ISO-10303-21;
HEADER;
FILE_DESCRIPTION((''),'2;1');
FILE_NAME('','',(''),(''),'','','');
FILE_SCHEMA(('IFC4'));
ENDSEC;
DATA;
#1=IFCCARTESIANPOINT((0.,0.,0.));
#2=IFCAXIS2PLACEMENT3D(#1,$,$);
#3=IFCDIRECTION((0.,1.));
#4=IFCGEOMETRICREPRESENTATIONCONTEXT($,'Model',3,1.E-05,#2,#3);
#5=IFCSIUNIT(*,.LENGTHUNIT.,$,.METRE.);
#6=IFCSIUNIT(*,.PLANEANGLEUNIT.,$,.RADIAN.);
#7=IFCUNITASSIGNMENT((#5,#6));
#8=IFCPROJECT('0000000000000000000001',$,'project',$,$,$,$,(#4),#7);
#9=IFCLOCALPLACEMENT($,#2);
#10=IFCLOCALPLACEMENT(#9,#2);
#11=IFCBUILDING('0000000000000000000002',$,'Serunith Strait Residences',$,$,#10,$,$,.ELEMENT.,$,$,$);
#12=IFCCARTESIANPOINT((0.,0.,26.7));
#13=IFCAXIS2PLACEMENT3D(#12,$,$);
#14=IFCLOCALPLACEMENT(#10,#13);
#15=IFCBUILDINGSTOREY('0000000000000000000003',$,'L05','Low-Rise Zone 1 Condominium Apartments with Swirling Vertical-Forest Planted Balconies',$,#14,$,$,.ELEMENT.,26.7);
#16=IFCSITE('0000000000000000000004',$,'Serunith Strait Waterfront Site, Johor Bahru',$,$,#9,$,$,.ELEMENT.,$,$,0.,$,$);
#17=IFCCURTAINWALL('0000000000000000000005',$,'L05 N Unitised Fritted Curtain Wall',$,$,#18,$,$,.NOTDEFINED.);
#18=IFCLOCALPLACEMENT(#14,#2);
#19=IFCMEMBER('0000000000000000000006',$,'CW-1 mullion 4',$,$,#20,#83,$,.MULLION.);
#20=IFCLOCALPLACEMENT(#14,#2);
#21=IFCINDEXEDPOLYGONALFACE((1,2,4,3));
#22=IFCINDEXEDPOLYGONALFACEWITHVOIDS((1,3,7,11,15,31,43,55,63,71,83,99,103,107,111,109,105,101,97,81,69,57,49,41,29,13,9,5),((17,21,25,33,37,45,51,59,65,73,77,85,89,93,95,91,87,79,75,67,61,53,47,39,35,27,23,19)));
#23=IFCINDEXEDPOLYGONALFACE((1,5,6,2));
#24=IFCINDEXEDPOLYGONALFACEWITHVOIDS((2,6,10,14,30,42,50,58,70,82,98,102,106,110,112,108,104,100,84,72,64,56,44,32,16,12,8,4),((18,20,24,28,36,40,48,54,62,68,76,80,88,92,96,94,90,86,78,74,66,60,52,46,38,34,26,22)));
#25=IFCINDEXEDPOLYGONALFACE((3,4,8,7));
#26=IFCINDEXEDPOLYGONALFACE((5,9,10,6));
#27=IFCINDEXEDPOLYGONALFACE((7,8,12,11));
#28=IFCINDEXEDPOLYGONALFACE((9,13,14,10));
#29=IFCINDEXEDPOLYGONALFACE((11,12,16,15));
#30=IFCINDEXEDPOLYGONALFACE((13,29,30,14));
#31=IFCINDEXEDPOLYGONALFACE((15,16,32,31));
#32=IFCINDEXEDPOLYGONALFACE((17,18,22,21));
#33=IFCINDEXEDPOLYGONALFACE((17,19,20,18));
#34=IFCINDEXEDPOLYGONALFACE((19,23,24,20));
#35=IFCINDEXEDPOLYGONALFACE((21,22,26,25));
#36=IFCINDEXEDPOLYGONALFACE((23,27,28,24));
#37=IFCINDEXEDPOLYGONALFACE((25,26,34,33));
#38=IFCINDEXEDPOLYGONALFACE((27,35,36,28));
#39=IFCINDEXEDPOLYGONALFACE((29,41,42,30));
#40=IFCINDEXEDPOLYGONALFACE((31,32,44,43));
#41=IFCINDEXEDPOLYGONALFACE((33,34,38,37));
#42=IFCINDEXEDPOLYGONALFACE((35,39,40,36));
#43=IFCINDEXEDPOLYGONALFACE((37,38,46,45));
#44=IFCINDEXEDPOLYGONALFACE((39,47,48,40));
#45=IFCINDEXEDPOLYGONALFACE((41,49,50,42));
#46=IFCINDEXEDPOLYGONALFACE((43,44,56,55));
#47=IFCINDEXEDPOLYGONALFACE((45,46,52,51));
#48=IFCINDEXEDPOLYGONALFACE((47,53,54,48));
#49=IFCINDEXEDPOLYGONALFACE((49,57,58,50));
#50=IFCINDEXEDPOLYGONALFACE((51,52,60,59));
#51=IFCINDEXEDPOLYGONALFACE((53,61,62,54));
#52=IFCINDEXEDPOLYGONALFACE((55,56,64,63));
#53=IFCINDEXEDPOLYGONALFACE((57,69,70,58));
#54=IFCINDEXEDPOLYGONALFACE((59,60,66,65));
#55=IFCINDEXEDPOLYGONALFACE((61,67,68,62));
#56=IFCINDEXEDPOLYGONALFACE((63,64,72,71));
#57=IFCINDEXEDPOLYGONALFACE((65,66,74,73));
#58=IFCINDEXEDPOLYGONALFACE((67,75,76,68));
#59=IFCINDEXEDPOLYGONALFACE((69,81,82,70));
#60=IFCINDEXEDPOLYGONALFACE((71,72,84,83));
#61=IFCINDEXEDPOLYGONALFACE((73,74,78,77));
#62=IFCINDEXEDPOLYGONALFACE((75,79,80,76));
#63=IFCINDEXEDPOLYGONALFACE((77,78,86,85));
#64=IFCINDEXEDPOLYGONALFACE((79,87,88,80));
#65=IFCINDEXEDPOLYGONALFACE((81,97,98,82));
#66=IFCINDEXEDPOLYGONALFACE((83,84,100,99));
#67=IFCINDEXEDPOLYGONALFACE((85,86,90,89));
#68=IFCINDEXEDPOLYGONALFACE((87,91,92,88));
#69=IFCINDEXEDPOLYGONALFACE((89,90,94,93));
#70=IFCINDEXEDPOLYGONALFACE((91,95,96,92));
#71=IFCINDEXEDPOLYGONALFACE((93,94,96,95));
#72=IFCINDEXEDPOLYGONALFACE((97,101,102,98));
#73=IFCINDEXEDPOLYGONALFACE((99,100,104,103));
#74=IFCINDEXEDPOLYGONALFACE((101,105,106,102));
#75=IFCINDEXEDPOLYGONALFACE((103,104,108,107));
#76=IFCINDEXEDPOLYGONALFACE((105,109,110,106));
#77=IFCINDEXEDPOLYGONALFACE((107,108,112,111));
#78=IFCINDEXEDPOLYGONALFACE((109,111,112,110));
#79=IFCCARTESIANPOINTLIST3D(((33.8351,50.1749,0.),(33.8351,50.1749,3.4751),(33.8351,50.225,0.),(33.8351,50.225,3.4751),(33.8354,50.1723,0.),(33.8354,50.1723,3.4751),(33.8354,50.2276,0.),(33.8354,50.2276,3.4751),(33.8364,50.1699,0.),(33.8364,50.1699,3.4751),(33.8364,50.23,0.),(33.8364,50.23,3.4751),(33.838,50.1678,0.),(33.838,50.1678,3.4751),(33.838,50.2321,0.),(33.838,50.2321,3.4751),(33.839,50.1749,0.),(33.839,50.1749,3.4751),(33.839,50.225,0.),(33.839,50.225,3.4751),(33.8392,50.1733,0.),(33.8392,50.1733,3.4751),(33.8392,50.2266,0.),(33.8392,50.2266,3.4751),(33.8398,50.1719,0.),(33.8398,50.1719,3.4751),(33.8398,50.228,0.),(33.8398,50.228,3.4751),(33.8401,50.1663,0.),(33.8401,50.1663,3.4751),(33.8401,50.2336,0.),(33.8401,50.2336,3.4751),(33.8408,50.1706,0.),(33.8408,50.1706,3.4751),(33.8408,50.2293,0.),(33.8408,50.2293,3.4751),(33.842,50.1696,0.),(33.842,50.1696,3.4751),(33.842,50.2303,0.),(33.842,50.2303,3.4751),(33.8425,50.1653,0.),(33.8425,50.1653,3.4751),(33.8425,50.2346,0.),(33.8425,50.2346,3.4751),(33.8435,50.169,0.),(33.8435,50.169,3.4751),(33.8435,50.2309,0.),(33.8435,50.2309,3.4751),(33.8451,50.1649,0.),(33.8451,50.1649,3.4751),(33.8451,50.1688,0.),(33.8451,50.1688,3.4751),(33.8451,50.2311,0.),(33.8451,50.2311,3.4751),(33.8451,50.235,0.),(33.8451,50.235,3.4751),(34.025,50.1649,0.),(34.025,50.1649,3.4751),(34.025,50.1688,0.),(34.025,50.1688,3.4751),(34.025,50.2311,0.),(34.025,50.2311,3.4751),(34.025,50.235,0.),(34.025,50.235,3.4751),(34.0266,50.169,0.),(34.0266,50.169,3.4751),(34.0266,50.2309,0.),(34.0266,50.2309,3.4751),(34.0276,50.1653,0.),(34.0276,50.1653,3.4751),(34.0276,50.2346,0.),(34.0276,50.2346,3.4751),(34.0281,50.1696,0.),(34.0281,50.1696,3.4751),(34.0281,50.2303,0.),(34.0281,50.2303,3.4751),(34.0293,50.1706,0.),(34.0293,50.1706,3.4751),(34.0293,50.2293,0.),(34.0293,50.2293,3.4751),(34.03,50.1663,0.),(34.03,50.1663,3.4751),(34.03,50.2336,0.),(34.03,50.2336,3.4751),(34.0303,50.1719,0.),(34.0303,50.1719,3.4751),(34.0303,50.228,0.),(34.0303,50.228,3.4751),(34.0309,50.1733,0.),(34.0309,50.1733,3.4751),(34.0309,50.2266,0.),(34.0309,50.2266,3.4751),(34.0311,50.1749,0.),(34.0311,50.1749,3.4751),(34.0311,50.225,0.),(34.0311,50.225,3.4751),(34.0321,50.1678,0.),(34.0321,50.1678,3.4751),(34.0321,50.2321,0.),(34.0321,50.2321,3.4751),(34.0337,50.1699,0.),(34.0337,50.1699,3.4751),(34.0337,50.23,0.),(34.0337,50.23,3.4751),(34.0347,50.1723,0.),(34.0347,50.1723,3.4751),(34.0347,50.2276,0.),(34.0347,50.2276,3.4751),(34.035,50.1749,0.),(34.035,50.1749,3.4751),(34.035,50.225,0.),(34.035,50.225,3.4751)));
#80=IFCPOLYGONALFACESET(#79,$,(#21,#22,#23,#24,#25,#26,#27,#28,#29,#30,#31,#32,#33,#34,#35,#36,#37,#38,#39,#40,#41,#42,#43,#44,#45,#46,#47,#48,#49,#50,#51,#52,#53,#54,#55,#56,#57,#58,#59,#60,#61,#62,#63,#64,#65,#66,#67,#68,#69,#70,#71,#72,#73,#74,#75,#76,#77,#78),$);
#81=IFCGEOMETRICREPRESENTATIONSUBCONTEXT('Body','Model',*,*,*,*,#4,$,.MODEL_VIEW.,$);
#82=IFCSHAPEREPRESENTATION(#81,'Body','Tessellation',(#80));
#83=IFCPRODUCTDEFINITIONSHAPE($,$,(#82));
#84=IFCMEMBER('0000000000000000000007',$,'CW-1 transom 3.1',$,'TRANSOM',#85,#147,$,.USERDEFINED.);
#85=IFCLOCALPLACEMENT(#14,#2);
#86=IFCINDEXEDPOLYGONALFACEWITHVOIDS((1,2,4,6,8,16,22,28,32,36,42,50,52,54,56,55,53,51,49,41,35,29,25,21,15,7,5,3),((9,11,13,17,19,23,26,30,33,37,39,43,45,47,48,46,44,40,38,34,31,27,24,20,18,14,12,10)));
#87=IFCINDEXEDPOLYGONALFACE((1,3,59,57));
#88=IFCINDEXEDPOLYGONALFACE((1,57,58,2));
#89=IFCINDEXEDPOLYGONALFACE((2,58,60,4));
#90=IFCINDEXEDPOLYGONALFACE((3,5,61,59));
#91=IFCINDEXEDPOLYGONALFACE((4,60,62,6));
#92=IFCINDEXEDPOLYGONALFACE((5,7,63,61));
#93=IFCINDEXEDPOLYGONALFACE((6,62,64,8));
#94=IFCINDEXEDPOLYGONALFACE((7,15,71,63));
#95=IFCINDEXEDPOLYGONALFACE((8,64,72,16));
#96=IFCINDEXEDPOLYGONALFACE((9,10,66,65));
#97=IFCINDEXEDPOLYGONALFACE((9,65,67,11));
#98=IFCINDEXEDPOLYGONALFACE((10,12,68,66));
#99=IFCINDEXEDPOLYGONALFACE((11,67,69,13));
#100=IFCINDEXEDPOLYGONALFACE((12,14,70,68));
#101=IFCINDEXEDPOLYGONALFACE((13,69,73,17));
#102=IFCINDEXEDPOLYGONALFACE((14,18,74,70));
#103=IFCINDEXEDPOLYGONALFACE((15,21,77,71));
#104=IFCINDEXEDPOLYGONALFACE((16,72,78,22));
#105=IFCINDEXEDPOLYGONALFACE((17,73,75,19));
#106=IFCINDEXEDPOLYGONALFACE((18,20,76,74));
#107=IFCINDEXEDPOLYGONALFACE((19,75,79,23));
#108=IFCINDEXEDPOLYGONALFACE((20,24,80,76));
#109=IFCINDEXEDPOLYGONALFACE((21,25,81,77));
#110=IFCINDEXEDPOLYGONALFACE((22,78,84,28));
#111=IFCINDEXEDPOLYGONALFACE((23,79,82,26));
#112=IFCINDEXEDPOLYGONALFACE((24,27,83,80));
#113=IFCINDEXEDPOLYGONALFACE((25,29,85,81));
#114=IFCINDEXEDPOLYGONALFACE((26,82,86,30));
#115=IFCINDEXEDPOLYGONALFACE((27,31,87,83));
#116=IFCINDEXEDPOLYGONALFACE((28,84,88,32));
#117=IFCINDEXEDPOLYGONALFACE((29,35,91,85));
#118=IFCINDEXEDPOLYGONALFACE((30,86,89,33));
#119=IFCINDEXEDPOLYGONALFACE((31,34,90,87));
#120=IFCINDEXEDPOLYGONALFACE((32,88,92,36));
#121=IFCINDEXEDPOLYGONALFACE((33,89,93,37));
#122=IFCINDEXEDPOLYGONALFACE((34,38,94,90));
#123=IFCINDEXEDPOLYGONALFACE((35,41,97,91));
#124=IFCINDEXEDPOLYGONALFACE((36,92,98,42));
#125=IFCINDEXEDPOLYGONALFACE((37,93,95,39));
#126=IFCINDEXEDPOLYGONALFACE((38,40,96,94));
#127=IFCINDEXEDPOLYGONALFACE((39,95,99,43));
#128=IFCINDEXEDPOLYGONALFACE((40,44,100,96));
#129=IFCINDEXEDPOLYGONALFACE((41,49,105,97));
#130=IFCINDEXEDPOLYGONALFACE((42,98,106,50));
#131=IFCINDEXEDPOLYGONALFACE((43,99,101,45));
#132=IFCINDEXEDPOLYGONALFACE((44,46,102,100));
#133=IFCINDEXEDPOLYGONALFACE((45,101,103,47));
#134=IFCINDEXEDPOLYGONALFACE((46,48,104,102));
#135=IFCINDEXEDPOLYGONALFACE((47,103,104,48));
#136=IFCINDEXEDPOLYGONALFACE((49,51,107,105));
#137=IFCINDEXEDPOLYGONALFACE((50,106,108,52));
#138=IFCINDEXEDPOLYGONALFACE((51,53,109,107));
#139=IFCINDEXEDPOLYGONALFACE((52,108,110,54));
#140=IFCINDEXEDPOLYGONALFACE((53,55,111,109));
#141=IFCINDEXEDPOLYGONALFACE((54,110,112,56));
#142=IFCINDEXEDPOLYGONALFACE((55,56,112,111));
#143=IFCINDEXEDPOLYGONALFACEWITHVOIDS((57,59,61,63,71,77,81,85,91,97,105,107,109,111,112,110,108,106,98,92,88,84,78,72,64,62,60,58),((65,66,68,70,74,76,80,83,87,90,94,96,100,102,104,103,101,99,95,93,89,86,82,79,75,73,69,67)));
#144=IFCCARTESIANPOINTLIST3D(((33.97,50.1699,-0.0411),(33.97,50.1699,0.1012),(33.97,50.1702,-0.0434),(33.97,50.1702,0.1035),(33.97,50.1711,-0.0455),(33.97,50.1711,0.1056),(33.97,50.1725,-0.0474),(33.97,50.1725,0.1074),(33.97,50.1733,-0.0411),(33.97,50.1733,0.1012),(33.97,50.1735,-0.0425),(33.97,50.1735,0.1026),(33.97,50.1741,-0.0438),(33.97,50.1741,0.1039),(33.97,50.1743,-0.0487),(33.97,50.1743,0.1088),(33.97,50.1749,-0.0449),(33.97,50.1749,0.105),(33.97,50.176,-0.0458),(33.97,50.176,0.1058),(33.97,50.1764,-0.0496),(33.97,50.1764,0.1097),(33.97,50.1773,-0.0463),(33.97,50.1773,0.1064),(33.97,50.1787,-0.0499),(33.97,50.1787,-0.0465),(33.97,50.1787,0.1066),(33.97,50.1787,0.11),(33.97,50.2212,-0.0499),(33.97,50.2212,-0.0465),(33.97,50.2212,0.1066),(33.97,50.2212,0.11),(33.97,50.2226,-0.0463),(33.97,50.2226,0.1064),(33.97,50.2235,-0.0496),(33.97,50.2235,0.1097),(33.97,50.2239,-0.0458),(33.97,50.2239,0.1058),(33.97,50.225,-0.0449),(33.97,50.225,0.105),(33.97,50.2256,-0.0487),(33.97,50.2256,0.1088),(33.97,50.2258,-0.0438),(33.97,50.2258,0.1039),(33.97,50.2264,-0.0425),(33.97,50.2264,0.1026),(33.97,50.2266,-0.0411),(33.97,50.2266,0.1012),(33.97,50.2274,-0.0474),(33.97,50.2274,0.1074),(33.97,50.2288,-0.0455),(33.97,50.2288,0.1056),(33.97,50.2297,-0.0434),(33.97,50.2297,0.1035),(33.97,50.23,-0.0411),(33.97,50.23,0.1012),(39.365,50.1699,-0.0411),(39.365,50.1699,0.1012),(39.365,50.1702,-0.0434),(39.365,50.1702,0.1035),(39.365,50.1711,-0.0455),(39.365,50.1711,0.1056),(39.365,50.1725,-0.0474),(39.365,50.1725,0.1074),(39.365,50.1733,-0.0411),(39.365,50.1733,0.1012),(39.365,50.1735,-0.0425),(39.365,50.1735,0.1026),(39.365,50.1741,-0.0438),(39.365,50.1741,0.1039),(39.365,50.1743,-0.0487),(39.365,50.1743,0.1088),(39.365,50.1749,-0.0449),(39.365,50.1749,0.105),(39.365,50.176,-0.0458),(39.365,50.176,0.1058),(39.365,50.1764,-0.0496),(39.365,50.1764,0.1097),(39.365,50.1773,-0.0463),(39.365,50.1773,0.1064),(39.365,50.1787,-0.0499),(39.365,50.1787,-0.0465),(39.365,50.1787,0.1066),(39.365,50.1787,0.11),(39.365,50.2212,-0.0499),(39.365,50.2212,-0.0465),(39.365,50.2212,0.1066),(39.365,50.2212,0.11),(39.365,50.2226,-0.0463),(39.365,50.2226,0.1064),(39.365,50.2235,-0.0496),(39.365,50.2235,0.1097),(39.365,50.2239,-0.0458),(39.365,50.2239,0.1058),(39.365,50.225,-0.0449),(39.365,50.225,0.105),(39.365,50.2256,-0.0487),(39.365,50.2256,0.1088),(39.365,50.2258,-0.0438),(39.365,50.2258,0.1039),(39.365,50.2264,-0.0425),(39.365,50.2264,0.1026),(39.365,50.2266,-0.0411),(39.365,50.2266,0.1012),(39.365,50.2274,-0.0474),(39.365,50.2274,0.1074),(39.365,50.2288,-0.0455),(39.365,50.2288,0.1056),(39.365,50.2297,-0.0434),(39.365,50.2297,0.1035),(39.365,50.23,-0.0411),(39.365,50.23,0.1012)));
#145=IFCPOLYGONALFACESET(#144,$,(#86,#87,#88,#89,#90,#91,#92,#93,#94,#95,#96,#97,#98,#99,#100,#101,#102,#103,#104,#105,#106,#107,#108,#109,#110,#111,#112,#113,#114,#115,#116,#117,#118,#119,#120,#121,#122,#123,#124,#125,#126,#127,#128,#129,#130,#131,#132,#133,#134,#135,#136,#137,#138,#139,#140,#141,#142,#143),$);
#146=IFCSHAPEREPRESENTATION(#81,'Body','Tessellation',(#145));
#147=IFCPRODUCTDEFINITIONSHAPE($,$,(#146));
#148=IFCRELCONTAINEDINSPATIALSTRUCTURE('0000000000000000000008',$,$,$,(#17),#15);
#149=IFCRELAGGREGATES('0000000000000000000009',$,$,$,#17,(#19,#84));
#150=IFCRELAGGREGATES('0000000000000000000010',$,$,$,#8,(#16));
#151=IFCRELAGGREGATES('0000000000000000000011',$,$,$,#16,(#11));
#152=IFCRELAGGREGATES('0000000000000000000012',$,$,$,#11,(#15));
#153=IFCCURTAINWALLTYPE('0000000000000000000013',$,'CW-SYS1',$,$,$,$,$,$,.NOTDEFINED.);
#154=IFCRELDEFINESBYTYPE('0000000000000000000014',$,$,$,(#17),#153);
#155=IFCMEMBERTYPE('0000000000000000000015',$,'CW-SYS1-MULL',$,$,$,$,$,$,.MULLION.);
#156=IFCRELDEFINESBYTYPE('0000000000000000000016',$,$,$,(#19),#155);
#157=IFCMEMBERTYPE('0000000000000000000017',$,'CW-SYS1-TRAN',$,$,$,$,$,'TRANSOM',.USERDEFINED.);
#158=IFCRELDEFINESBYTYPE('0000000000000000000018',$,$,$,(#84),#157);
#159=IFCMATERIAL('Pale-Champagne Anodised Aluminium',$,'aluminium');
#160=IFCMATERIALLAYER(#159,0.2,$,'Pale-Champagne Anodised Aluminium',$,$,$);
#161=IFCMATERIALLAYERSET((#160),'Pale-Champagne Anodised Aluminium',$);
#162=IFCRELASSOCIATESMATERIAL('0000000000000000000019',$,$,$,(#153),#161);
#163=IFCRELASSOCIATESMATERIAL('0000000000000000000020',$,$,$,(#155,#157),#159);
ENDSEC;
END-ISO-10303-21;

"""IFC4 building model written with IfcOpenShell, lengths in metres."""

from ifc_helpers import new_model, si_unit, direction, frame, origin, origin_2d, place, context, subcontext, project, spatial, hollow_rectangle, extrude, source, transform, mapped, material, layer, layer_set, material_profile, profile_set, type_object, element, aggregate, save


model = new_model("IFC4")

# Units and contexts
model_context = context("Model", 3, precision=1e-05, world=origin(), true_north=direction((0.0, 1.0)))
body_context = subcontext(model_context, "Body", "Model", "MODEL_VIEW")
ifc_project = project(units=[si_unit("LENGTHUNIT", "METRE"), si_unit("PLANEANGLEUNIT", "RADIAN")], contexts=[model_context])

# Site, building, storey
site_placement = place(None, origin())
site = spatial("IfcSite", under=ifc_project, at=site_placement, Name="Serunith Strait Waterfront Site, Johor Bahru", CompositionType="ELEMENT", RefElevation=0.0)
building_placement = place(site_placement, origin())
building = spatial("IfcBuilding", under=site, at=building_placement, Name="Serunith Strait Residences", CompositionType="ELEMENT")
storey_placement = place(building_placement, frame((0.0, 0.0, 26.7)))
storey = spatial("IfcBuildingStorey", under=building, at=storey_placement, Name="L05", Description="Low-Rise Zone 1 Condominium Apartments with Swirling Vertical-Forest Planted Balconies", CompositionType="ELEMENT", Elevation=26.7)

# Curtain wall, members
ifc_material_1 = material(Name="Pale-Champagne Anodised Aluminium", Category="aluminium")
ifc_layer_1 = layer(ifc_material_1, 0.2, Name="Pale-Champagne Anodised Aluminium")
ifc_layer_set_1 = layer_set([ifc_layer_1], Name="Pale-Champagne Anodised Aluminium")
curtain_wall_type = type_object("IfcCurtainWallType", Name="CW-SYS1", PredefinedType="NOTDEFINED", material=ifc_layer_set_1)
curtain_wall_placement = place(storey_placement, origin())
curtain_wall = element("IfcCurtainWall", 1, at=curtain_wall_placement, inside=storey, type_object=curtain_wall_type, Name="L05 N Unitised Fritted Curtain Wall", PredefinedType="NOTDEFINED")
ifc_material_profile_1 = material_profile(ifc_material_1, hollow_rectangle(XDim=0.0701, YDim=0.2, WallThickness=0.0039, InnerFilletRadius=0.0061, OuterFilletRadius=0.01, at=origin_2d()), Name="ALU 200x70x4")
ifc_profile_set_1 = profile_set([ifc_material_profile_1], Name="Pale-Champagne Anodised Aluminium")
member_type_1 = type_object("IfcMemberType", Name="CW-SYS1-MULL", PredefinedType="MULLION", material=ifc_profile_set_1)
shared_shape_1 = source(origin(), body_context, "Body", "SweptSolid", [
    extrude(hollow_rectangle(XDim=0.0701, YDim=0.2, WallThickness=0.0039, InnerFilletRadius=0.0061, OuterFilletRadius=0.01, at=origin_2d()), origin(), (0.0, 0.0, 1.0), 3.4751),
])
member_1_placement = place(storey_placement, frame((33.9351, 50.2, 0.0), z_axis=(0.0, 0.0, 1.0), x_axis=(0.0, -1.0, 0.0)))
member_1 = element("IfcMember", 2, at=member_1_placement, type_object=member_type_1, Name="CW-1 mullion 4", PredefinedType="MULLION", context=body_context, shape_type="MappedRepresentation", body=[
    mapped(shared_shape_1, transform((0.0, 0.0, 0.0), scale=1.0)),
])
ifc_material_profile_2 = material_profile(ifc_material_1, hollow_rectangle(XDim=0.0601, YDim=0.1599, WallThickness=0.0034, InnerFilletRadius=0.0054, OuterFilletRadius=0.0088, at=origin_2d()), Name="ALU 160x60x3.5")
ifc_profile_set_2 = profile_set([ifc_material_profile_2], Name="Pale-Champagne Anodised Aluminium")
member_type_2 = type_object("IfcMemberType", Name="CW-SYS1-TRAN", ElementType="TRANSOM", PredefinedType="USERDEFINED", material=ifc_profile_set_2)
shared_shape_2 = source(origin(), body_context, "Body", "SweptSolid", [
    extrude(hollow_rectangle(XDim=0.0601, YDim=0.1599, WallThickness=0.0034, InnerFilletRadius=0.0054, OuterFilletRadius=0.0088, at=origin_2d()), origin(), (0.0, 0.0, 1.0), 5.395),
])
member_2_placement = place(storey_placement, frame((39.365, 50.2, 0.03), z_axis=(-1.0, 0.0, 0.0), x_axis=(0.0, -1.0, 0.0)))
member_2 = element("IfcMember", 3, at=member_2_placement, type_object=member_type_2, Name="CW-1 transom 3.1", ObjectType="TRANSOM", PredefinedType="USERDEFINED", context=body_context, shape_type="MappedRepresentation", body=[
    mapped(shared_shape_2, transform((0.0, 0.0, 0.0), scale=1.0)),
])
aggregate(curtain_wall, [member_1, member_2])

save(model, "model.ifc")
